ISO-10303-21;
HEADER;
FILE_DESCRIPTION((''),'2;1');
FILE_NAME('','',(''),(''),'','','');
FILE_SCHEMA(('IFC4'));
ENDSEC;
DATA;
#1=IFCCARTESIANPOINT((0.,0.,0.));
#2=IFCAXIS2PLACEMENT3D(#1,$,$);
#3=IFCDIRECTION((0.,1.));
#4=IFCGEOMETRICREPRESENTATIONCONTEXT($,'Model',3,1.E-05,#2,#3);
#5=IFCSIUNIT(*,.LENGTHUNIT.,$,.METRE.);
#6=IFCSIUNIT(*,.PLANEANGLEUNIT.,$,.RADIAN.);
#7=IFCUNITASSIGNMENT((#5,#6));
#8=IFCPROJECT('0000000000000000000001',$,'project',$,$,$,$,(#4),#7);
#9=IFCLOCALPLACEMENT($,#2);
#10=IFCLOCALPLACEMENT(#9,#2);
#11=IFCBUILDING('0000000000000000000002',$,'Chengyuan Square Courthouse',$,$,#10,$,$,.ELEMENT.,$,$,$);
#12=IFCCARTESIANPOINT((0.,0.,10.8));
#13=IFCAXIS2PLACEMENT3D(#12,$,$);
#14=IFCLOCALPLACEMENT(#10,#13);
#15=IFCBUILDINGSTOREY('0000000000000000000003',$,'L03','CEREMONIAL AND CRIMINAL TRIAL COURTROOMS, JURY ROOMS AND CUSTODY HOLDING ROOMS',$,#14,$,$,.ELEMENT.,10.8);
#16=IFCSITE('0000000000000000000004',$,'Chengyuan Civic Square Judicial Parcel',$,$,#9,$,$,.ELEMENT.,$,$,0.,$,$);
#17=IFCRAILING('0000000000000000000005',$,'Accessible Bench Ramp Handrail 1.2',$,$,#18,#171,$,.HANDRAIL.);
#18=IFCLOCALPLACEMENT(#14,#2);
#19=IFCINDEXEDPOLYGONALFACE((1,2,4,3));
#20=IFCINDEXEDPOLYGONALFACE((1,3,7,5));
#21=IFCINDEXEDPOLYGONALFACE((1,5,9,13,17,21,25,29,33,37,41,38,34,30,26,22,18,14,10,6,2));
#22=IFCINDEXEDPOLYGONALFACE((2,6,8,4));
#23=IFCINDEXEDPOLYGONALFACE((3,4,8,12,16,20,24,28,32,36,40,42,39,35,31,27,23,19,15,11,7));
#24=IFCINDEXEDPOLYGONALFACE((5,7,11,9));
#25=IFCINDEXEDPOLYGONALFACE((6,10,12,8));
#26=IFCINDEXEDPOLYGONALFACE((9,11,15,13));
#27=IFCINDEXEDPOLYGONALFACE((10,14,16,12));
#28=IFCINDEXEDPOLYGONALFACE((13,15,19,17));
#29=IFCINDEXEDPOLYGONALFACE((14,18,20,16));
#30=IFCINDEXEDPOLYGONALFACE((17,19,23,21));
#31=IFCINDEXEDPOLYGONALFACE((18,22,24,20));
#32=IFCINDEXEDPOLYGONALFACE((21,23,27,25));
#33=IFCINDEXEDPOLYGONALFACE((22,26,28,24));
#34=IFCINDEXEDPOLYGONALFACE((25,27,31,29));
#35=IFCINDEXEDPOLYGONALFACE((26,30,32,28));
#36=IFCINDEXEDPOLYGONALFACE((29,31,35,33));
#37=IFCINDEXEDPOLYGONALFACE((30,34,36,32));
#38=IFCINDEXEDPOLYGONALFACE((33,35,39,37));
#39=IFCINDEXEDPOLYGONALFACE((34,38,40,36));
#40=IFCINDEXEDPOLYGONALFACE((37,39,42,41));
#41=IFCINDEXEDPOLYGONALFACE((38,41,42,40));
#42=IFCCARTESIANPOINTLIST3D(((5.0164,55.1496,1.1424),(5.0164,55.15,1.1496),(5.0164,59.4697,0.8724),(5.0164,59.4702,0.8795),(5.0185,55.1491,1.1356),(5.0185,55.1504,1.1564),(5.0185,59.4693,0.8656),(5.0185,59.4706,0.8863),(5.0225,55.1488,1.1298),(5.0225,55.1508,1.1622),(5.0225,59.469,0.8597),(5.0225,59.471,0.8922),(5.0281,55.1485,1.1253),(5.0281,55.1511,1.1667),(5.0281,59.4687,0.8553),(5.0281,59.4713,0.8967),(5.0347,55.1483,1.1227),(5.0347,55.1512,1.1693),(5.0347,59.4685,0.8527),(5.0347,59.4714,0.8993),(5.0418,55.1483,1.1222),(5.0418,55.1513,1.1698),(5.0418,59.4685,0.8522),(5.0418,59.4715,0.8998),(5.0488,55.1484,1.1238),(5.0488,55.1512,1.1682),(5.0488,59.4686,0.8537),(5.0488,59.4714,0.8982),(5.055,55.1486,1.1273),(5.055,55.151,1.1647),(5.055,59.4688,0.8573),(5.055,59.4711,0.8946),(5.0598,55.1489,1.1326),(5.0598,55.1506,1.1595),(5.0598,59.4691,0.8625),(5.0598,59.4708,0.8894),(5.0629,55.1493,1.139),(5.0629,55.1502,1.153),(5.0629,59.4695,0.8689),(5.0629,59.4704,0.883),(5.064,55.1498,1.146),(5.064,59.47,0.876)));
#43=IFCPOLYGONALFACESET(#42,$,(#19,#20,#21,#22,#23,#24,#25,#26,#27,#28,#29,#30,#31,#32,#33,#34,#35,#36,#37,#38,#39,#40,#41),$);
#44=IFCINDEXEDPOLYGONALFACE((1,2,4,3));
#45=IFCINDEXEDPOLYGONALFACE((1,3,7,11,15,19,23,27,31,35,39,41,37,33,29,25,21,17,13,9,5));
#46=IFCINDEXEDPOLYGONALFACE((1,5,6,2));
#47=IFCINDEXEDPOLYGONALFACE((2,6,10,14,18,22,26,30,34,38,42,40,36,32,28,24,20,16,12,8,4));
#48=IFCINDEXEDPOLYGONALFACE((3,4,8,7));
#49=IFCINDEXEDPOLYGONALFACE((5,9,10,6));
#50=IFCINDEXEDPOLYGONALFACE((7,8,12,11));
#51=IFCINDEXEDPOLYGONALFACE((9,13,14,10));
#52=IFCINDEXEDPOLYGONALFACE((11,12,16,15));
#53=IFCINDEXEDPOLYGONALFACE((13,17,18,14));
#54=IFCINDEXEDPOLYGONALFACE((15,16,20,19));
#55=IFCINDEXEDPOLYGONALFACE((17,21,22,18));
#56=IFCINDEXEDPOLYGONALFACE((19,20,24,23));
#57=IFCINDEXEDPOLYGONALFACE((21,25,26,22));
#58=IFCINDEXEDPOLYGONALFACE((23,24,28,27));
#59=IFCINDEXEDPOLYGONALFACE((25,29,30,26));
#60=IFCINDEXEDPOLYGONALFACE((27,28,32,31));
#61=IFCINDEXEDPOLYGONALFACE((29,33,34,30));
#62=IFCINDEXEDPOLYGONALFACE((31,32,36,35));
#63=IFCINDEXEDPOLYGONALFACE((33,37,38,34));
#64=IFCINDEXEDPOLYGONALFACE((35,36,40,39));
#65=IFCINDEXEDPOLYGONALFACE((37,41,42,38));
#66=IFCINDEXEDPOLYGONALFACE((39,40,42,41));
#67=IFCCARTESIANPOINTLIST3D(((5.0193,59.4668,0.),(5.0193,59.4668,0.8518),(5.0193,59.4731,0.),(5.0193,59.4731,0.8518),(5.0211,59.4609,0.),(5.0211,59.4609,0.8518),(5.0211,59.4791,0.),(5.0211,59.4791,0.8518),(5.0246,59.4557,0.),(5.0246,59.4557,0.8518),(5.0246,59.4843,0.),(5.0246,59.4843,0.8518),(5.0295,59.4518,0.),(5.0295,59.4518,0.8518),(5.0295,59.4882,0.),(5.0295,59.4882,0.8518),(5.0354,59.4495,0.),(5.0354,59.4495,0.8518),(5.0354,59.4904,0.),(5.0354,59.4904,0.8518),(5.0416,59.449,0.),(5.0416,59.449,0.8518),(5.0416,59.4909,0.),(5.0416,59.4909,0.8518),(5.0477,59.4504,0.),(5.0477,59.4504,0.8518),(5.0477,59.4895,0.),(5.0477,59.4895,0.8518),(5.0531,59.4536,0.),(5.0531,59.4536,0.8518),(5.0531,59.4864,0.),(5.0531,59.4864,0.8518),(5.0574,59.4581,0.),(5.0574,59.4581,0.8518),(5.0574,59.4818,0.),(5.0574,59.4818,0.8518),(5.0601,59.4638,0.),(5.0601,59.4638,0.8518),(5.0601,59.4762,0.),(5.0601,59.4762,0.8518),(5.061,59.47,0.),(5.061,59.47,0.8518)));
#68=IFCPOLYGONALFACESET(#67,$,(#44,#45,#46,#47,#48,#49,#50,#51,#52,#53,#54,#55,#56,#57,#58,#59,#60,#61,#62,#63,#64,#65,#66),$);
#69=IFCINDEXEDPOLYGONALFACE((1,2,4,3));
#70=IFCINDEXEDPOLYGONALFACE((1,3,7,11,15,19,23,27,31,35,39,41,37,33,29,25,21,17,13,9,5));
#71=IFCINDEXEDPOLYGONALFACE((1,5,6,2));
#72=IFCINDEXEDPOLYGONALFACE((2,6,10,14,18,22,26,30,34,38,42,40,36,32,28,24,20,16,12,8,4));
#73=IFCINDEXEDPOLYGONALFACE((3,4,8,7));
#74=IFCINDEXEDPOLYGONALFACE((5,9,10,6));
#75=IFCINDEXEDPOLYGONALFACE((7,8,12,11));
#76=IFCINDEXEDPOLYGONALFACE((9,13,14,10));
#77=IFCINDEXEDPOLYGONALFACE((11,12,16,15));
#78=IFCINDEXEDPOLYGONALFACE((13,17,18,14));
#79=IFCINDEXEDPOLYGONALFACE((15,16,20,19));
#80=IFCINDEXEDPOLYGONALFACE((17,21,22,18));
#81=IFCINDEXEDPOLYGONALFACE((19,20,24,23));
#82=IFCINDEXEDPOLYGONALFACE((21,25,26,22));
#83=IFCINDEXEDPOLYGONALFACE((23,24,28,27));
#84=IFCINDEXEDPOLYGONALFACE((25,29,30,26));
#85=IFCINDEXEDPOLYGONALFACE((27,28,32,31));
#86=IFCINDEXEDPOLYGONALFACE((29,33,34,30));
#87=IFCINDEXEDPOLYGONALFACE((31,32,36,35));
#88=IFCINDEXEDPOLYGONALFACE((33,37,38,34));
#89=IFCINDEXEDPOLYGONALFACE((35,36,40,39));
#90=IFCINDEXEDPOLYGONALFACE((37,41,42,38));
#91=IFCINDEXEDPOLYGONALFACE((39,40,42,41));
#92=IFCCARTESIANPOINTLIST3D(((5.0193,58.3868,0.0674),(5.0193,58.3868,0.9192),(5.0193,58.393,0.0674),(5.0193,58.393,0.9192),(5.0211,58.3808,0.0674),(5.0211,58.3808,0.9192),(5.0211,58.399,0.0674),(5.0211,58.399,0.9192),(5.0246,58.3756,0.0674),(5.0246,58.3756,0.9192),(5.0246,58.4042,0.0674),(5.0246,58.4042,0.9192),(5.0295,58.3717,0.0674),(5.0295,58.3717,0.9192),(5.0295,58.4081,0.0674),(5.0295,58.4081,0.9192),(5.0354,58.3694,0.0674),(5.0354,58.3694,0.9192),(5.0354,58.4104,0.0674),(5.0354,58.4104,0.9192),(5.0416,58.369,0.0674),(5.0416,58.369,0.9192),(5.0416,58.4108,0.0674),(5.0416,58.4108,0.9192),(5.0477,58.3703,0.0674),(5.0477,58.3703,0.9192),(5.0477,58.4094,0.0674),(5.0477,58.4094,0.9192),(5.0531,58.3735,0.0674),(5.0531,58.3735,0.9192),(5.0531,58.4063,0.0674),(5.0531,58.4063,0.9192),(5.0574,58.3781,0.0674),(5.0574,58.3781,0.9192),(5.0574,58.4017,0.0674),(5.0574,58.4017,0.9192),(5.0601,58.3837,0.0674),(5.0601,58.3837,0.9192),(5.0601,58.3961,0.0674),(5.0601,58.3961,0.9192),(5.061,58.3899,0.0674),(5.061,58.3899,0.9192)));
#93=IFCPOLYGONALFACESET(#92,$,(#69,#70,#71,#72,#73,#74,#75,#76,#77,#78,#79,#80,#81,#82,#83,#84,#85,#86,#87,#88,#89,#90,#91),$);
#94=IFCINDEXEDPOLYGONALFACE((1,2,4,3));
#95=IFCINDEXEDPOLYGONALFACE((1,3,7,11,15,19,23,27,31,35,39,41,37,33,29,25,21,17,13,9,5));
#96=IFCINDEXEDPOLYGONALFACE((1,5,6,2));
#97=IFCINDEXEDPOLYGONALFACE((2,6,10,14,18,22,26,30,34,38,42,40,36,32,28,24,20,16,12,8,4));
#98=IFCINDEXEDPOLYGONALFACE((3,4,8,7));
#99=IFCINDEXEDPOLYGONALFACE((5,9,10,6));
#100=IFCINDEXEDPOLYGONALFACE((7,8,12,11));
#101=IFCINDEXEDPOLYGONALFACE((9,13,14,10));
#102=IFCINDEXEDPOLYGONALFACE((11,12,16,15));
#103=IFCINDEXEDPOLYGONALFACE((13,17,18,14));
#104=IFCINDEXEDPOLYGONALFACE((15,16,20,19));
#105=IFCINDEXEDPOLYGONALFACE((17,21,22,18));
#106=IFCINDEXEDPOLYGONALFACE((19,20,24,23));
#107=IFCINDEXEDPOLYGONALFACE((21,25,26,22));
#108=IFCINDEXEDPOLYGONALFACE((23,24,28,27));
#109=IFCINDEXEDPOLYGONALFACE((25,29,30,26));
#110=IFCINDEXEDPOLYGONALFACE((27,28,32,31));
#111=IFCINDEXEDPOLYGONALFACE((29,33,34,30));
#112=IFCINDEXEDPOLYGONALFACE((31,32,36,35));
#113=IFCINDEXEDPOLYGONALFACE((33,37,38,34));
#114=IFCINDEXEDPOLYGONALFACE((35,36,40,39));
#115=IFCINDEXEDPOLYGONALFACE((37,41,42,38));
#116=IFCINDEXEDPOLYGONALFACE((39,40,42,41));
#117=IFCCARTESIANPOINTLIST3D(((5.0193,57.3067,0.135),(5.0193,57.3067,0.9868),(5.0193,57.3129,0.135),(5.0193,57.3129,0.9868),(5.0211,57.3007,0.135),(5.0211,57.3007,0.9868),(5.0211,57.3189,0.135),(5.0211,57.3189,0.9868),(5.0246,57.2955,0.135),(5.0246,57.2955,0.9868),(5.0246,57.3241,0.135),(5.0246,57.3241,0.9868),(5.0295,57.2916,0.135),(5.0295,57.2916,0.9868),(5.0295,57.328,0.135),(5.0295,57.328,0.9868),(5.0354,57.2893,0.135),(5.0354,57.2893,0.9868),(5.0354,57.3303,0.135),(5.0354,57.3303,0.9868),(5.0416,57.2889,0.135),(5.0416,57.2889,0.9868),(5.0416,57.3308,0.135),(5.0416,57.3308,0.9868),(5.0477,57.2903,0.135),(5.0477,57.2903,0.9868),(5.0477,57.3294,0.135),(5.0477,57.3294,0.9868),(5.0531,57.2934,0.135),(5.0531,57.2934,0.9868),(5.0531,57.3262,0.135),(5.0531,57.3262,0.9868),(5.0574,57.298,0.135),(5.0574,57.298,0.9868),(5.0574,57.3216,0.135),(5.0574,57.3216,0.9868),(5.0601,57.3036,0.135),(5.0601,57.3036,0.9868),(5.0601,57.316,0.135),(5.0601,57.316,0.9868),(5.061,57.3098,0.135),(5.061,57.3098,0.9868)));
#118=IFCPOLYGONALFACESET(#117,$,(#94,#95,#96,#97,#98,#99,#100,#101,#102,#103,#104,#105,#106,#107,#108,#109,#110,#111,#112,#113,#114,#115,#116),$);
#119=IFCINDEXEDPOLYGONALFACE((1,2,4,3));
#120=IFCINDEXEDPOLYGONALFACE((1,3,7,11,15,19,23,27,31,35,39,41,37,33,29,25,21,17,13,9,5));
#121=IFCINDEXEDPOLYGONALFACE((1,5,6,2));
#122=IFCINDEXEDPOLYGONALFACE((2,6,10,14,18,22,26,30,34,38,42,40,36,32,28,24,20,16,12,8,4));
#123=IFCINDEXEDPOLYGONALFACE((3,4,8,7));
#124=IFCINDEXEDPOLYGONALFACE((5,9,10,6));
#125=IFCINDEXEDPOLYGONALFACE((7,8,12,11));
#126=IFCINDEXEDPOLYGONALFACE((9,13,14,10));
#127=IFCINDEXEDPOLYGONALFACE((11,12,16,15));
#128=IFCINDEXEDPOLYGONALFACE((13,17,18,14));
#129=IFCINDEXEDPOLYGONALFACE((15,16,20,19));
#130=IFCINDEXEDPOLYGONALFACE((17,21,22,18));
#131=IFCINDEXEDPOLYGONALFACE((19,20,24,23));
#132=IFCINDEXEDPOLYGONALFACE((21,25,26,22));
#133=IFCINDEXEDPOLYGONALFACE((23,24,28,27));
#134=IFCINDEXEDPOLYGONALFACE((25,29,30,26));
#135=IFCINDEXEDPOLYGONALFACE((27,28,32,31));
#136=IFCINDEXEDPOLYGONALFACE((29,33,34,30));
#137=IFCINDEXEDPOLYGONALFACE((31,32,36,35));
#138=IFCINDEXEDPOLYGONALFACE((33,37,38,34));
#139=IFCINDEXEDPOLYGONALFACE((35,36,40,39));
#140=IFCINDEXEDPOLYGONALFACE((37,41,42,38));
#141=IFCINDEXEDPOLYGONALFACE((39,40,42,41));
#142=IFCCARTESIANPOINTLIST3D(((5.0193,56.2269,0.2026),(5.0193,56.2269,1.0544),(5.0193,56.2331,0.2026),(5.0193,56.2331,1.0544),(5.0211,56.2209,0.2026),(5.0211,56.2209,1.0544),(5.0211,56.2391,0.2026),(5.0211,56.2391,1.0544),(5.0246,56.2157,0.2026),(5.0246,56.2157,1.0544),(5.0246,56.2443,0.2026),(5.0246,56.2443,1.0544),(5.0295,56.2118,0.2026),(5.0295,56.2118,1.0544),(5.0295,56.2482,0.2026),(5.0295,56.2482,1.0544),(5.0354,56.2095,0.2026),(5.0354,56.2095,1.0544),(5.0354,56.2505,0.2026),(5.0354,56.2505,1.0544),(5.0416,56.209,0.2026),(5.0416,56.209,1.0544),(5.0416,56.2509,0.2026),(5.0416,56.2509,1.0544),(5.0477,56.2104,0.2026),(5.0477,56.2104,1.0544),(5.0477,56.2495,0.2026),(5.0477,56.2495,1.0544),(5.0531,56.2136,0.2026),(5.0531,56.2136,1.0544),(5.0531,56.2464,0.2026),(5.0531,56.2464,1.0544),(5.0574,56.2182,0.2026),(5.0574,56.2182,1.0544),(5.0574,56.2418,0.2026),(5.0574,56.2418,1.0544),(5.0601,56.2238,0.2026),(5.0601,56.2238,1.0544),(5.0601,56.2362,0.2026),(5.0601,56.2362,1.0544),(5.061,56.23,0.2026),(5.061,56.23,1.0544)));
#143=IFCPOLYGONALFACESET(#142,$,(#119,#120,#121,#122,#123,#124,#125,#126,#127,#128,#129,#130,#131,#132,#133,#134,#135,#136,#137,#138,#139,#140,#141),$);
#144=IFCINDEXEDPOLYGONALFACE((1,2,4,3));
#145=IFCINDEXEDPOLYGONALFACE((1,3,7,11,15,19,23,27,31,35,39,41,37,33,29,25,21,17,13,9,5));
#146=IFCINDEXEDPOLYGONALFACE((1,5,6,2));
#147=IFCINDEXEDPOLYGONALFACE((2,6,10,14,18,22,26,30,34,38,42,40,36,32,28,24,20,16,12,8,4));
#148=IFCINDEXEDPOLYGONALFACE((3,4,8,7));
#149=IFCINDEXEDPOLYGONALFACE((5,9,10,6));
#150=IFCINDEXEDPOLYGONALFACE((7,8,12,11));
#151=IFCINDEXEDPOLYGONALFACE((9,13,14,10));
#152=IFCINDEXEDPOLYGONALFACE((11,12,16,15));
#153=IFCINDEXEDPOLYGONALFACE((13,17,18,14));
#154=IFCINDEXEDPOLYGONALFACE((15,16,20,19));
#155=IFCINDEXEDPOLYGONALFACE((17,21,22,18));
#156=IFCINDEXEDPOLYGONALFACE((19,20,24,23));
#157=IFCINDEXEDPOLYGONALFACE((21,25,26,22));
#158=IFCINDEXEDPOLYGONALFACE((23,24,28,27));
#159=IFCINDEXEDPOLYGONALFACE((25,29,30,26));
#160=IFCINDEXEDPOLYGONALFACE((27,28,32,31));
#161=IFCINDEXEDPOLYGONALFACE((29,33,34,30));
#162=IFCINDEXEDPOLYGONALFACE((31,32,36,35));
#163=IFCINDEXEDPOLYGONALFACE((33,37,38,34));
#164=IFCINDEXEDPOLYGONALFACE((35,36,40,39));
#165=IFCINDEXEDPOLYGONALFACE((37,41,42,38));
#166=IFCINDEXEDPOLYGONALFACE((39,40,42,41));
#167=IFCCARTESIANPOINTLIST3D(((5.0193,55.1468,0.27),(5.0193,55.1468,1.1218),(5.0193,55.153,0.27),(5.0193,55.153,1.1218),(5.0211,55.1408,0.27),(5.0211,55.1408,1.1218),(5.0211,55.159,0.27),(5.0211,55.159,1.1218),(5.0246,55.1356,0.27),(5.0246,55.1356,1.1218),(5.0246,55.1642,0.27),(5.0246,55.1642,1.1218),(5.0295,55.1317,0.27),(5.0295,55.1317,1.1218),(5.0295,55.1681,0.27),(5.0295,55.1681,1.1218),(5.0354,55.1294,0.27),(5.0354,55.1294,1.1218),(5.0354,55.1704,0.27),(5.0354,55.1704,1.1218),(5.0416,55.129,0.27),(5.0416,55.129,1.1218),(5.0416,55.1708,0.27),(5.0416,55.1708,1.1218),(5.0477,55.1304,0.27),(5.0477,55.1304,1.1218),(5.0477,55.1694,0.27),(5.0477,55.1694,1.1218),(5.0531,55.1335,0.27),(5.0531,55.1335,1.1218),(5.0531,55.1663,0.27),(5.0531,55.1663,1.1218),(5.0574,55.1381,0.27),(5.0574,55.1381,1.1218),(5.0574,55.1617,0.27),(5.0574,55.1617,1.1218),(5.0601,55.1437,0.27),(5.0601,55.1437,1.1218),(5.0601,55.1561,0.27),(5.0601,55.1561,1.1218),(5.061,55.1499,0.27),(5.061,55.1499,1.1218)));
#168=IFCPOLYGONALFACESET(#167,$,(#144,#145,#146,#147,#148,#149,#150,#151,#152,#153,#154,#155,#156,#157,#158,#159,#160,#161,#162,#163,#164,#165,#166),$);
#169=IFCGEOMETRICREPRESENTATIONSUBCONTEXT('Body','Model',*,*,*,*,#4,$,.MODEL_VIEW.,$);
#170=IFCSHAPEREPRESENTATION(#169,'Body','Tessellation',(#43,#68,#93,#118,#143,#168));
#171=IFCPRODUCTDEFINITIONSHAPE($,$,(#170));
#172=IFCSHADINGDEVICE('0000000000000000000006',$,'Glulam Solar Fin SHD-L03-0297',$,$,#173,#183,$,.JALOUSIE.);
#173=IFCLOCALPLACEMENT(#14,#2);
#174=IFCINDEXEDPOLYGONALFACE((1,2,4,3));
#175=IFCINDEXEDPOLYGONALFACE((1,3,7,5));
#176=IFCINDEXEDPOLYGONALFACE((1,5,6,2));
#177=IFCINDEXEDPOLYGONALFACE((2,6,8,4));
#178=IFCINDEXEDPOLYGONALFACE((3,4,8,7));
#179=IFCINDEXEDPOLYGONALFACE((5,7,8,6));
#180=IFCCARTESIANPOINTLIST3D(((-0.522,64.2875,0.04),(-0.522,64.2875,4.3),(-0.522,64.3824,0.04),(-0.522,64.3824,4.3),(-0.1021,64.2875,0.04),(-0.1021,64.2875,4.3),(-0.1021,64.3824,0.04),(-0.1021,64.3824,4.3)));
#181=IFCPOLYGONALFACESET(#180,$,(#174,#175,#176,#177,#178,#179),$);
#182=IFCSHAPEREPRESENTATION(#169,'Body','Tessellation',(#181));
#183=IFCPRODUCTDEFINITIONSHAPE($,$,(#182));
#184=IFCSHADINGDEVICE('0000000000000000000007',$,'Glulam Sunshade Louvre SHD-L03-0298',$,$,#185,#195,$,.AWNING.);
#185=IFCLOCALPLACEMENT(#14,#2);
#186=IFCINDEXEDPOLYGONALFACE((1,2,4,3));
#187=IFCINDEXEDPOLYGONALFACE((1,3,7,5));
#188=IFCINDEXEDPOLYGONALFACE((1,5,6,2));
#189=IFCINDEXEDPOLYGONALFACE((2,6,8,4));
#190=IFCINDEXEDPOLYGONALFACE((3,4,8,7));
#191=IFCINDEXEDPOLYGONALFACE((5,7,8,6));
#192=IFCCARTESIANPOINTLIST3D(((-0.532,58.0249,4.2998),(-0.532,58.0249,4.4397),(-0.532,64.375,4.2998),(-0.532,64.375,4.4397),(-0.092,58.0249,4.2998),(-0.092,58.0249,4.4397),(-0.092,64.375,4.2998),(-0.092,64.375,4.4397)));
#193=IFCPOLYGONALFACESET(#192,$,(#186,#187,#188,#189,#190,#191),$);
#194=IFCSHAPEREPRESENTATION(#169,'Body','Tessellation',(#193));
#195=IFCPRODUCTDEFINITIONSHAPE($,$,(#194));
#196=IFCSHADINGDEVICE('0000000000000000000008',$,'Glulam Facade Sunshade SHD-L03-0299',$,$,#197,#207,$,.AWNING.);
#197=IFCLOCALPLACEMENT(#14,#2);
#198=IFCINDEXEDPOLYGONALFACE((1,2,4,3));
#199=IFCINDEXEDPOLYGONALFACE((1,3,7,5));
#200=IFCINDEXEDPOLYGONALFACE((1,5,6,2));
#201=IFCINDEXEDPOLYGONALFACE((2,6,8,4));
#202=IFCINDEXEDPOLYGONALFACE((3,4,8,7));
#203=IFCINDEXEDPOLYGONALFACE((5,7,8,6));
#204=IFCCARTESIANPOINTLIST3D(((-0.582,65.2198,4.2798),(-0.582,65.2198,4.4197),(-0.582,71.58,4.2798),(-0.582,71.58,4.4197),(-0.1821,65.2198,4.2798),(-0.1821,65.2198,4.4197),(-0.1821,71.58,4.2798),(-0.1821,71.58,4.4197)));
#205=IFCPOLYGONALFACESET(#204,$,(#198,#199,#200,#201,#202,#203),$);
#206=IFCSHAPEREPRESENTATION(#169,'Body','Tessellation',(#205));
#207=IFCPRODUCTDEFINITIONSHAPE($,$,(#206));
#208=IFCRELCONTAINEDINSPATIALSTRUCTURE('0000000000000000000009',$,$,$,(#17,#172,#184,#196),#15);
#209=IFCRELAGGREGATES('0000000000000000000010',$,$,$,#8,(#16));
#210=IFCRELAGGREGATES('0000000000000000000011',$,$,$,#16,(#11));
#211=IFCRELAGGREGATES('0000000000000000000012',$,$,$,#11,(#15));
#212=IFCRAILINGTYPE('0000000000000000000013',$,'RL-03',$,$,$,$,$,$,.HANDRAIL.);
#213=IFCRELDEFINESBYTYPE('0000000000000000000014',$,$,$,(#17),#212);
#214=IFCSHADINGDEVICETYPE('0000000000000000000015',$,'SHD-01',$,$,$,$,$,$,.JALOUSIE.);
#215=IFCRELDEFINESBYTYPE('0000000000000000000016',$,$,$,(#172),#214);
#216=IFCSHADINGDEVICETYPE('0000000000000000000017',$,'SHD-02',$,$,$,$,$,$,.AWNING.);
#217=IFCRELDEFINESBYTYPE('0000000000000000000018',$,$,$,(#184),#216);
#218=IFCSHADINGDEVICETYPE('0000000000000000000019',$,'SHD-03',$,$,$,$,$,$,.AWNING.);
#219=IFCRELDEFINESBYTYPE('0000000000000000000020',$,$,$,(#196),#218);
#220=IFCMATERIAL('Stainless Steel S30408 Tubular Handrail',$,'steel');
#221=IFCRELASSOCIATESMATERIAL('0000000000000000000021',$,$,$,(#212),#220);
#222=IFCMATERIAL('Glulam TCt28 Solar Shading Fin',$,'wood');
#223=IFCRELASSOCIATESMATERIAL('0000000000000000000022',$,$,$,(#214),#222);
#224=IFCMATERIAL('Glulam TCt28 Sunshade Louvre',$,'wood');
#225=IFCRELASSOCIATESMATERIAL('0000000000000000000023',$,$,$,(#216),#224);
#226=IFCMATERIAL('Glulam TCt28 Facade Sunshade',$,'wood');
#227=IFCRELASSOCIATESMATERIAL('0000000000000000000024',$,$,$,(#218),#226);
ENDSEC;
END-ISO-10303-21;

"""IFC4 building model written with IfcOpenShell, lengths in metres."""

from ifc_helpers import new_model, si_unit, direction, frame, origin, origin_2d, place, context, subcontext, project, spatial, rectangle, circle, extrude, material, type_object, element, save


model = new_model("IFC4")

# Units and contexts
model_context = context("Model", 3, precision=1e-05, world=origin(), true_north=direction((0.0, 1.0)))
body_context = subcontext(model_context, "Body", "Model", "MODEL_VIEW")
ifc_project = project(units=[si_unit("LENGTHUNIT", "METRE"), si_unit("PLANEANGLEUNIT", "RADIAN")], contexts=[model_context])

# Site, building, storey
site_placement = place(None, origin())
site = spatial("IfcSite", under=ifc_project, at=site_placement, Name="Chengyuan Civic Square Judicial Parcel", CompositionType="ELEMENT", RefElevation=0.0)
building_placement = place(site_placement, origin())
building = spatial("IfcBuilding", under=site, at=building_placement, Name="Chengyuan Square Courthouse", CompositionType="ELEMENT")
storey_placement = place(building_placement, frame((0.0, 0.0, 10.8)))
storey = spatial("IfcBuildingStorey", under=building, at=storey_placement, Name="L03", Description="CEREMONIAL AND CRIMINAL TRIAL COURTROOMS, JURY ROOMS AND CUSTODY HOLDING ROOMS", CompositionType="ELEMENT", Elevation=10.8)

# Railing
ifc_material_1 = material(Name="Stainless Steel S30408 Tubular Handrail", Category="steel")
railing_type = type_object("IfcRailingType", Name="RL-03", PredefinedType="HANDRAIL", material=ifc_material_1)
for number, where, name in (
    (1, (5.04, 59.47, 0.0), "Accessible Bench Ramp Handrail 1.2"),
):
    element("IfcRailing", number, at=place(storey_placement, frame(where)), inside=storey, type_object=railing_type, Name=name, PredefinedType="HANDRAIL", context=body_context, shape_type="SweptSolid", body=[
        extrude(circle(Radius=0.0239, at=origin_2d()), frame((0.0, 0.0, 0.876), z_axis=(0.0, -0.998052, 0.062382), x_axis=(1.0, 0.0, 0.0)), (0.0, 0.0, 1.0), 4.3286),
        extrude(circle(Radius=0.021, at=origin_2d()), origin(), (0.0, 0.0, 1.0), 0.8518),
        extrude(circle(Radius=0.021, at=origin_2d()), frame((0.0, -1.0801, 0.0674)), (0.0, 0.0, 1.0), 0.8518),
        extrude(circle(Radius=0.021, at=origin_2d()), frame((0.0, -2.1602, 0.135)), (0.0, 0.0, 1.0), 0.8518),
        extrude(circle(Radius=0.021, at=origin_2d()), frame((0.0, -3.24, 0.2026)), (0.0, 0.0, 1.0), 0.8518),
        extrude(circle(Radius=0.021, at=origin_2d()), frame((0.0, -4.3201, 0.27)), (0.0, 0.0, 1.0), 0.8518),
    ])

# Shading devices
ifc_material_2 = material(Name="Glulam TCt28 Solar Shading Fin", Category="wood")
shading_device_type_1 = type_object("IfcShadingDeviceType", Name="SHD-01", PredefinedType="JALOUSIE", material=ifc_material_2)
shading_device_1_placement = place(storey_placement, frame((-0.312, 64.335, 0.04), z_axis=(0.0, 0.0, 1.0), x_axis=(1.0, 0.0, 0.0)))
element("IfcShadingDevice", 2, at=shading_device_1_placement, inside=storey, type_object=shading_device_type_1, Name="Glulam Solar Fin SHD-L03-0297", PredefinedType="JALOUSIE", context=body_context, shape_type="SweptSolid", body=[
    extrude(rectangle(XDim=0.4199, YDim=0.095, at=origin_2d()), origin(), (0.0, 0.0, 1.0), 4.26),
])
ifc_material_3 = material(Name="Glulam TCt28 Sunshade Louvre", Category="wood")
shading_device_type_2 = type_object("IfcShadingDeviceType", Name="SHD-02", PredefinedType="AWNING", material=ifc_material_3)
shading_device_2_placement = place(storey_placement, frame((-0.312, 61.2, 4.2998), z_axis=(0.0, 0.0, 1.0), x_axis=(0.0, 1.0, 0.0)))
element("IfcShadingDevice", 3, at=shading_device_2_placement, inside=storey, type_object=shading_device_type_2, Name="Glulam Sunshade Louvre SHD-L03-0298", PredefinedType="AWNING", context=body_context, shape_type="SweptSolid", body=[
    extrude(rectangle(XDim=6.3501, YDim=0.4399, at=origin_2d()), origin(), (0.0, 0.0, 1.0), 0.1399),
])
ifc_material_4 = material(Name="Glulam TCt28 Facade Sunshade", Category="wood")
shading_device_type_3 = type_object("IfcShadingDeviceType", Name="SHD-03", PredefinedType="AWNING", material=ifc_material_4)
shading_device_3_placement = place(storey_placement, frame((-0.3821, 68.3999, 4.2798), z_axis=(0.0, 0.0, 1.0), x_axis=(0.0, 1.0, 0.0)))
element("IfcShadingDevice", 4, at=shading_device_3_placement, inside=storey, type_object=shading_device_type_3, Name="Glulam Facade Sunshade SHD-L03-0299", PredefinedType="AWNING", context=body_context, shape_type="SweptSolid", body=[
    extrude(rectangle(XDim=6.3601, YDim=0.3999, at=origin_2d()), origin(), (0.0, 0.0, 1.0), 0.1399),
])

save(model, "model.ifc")
